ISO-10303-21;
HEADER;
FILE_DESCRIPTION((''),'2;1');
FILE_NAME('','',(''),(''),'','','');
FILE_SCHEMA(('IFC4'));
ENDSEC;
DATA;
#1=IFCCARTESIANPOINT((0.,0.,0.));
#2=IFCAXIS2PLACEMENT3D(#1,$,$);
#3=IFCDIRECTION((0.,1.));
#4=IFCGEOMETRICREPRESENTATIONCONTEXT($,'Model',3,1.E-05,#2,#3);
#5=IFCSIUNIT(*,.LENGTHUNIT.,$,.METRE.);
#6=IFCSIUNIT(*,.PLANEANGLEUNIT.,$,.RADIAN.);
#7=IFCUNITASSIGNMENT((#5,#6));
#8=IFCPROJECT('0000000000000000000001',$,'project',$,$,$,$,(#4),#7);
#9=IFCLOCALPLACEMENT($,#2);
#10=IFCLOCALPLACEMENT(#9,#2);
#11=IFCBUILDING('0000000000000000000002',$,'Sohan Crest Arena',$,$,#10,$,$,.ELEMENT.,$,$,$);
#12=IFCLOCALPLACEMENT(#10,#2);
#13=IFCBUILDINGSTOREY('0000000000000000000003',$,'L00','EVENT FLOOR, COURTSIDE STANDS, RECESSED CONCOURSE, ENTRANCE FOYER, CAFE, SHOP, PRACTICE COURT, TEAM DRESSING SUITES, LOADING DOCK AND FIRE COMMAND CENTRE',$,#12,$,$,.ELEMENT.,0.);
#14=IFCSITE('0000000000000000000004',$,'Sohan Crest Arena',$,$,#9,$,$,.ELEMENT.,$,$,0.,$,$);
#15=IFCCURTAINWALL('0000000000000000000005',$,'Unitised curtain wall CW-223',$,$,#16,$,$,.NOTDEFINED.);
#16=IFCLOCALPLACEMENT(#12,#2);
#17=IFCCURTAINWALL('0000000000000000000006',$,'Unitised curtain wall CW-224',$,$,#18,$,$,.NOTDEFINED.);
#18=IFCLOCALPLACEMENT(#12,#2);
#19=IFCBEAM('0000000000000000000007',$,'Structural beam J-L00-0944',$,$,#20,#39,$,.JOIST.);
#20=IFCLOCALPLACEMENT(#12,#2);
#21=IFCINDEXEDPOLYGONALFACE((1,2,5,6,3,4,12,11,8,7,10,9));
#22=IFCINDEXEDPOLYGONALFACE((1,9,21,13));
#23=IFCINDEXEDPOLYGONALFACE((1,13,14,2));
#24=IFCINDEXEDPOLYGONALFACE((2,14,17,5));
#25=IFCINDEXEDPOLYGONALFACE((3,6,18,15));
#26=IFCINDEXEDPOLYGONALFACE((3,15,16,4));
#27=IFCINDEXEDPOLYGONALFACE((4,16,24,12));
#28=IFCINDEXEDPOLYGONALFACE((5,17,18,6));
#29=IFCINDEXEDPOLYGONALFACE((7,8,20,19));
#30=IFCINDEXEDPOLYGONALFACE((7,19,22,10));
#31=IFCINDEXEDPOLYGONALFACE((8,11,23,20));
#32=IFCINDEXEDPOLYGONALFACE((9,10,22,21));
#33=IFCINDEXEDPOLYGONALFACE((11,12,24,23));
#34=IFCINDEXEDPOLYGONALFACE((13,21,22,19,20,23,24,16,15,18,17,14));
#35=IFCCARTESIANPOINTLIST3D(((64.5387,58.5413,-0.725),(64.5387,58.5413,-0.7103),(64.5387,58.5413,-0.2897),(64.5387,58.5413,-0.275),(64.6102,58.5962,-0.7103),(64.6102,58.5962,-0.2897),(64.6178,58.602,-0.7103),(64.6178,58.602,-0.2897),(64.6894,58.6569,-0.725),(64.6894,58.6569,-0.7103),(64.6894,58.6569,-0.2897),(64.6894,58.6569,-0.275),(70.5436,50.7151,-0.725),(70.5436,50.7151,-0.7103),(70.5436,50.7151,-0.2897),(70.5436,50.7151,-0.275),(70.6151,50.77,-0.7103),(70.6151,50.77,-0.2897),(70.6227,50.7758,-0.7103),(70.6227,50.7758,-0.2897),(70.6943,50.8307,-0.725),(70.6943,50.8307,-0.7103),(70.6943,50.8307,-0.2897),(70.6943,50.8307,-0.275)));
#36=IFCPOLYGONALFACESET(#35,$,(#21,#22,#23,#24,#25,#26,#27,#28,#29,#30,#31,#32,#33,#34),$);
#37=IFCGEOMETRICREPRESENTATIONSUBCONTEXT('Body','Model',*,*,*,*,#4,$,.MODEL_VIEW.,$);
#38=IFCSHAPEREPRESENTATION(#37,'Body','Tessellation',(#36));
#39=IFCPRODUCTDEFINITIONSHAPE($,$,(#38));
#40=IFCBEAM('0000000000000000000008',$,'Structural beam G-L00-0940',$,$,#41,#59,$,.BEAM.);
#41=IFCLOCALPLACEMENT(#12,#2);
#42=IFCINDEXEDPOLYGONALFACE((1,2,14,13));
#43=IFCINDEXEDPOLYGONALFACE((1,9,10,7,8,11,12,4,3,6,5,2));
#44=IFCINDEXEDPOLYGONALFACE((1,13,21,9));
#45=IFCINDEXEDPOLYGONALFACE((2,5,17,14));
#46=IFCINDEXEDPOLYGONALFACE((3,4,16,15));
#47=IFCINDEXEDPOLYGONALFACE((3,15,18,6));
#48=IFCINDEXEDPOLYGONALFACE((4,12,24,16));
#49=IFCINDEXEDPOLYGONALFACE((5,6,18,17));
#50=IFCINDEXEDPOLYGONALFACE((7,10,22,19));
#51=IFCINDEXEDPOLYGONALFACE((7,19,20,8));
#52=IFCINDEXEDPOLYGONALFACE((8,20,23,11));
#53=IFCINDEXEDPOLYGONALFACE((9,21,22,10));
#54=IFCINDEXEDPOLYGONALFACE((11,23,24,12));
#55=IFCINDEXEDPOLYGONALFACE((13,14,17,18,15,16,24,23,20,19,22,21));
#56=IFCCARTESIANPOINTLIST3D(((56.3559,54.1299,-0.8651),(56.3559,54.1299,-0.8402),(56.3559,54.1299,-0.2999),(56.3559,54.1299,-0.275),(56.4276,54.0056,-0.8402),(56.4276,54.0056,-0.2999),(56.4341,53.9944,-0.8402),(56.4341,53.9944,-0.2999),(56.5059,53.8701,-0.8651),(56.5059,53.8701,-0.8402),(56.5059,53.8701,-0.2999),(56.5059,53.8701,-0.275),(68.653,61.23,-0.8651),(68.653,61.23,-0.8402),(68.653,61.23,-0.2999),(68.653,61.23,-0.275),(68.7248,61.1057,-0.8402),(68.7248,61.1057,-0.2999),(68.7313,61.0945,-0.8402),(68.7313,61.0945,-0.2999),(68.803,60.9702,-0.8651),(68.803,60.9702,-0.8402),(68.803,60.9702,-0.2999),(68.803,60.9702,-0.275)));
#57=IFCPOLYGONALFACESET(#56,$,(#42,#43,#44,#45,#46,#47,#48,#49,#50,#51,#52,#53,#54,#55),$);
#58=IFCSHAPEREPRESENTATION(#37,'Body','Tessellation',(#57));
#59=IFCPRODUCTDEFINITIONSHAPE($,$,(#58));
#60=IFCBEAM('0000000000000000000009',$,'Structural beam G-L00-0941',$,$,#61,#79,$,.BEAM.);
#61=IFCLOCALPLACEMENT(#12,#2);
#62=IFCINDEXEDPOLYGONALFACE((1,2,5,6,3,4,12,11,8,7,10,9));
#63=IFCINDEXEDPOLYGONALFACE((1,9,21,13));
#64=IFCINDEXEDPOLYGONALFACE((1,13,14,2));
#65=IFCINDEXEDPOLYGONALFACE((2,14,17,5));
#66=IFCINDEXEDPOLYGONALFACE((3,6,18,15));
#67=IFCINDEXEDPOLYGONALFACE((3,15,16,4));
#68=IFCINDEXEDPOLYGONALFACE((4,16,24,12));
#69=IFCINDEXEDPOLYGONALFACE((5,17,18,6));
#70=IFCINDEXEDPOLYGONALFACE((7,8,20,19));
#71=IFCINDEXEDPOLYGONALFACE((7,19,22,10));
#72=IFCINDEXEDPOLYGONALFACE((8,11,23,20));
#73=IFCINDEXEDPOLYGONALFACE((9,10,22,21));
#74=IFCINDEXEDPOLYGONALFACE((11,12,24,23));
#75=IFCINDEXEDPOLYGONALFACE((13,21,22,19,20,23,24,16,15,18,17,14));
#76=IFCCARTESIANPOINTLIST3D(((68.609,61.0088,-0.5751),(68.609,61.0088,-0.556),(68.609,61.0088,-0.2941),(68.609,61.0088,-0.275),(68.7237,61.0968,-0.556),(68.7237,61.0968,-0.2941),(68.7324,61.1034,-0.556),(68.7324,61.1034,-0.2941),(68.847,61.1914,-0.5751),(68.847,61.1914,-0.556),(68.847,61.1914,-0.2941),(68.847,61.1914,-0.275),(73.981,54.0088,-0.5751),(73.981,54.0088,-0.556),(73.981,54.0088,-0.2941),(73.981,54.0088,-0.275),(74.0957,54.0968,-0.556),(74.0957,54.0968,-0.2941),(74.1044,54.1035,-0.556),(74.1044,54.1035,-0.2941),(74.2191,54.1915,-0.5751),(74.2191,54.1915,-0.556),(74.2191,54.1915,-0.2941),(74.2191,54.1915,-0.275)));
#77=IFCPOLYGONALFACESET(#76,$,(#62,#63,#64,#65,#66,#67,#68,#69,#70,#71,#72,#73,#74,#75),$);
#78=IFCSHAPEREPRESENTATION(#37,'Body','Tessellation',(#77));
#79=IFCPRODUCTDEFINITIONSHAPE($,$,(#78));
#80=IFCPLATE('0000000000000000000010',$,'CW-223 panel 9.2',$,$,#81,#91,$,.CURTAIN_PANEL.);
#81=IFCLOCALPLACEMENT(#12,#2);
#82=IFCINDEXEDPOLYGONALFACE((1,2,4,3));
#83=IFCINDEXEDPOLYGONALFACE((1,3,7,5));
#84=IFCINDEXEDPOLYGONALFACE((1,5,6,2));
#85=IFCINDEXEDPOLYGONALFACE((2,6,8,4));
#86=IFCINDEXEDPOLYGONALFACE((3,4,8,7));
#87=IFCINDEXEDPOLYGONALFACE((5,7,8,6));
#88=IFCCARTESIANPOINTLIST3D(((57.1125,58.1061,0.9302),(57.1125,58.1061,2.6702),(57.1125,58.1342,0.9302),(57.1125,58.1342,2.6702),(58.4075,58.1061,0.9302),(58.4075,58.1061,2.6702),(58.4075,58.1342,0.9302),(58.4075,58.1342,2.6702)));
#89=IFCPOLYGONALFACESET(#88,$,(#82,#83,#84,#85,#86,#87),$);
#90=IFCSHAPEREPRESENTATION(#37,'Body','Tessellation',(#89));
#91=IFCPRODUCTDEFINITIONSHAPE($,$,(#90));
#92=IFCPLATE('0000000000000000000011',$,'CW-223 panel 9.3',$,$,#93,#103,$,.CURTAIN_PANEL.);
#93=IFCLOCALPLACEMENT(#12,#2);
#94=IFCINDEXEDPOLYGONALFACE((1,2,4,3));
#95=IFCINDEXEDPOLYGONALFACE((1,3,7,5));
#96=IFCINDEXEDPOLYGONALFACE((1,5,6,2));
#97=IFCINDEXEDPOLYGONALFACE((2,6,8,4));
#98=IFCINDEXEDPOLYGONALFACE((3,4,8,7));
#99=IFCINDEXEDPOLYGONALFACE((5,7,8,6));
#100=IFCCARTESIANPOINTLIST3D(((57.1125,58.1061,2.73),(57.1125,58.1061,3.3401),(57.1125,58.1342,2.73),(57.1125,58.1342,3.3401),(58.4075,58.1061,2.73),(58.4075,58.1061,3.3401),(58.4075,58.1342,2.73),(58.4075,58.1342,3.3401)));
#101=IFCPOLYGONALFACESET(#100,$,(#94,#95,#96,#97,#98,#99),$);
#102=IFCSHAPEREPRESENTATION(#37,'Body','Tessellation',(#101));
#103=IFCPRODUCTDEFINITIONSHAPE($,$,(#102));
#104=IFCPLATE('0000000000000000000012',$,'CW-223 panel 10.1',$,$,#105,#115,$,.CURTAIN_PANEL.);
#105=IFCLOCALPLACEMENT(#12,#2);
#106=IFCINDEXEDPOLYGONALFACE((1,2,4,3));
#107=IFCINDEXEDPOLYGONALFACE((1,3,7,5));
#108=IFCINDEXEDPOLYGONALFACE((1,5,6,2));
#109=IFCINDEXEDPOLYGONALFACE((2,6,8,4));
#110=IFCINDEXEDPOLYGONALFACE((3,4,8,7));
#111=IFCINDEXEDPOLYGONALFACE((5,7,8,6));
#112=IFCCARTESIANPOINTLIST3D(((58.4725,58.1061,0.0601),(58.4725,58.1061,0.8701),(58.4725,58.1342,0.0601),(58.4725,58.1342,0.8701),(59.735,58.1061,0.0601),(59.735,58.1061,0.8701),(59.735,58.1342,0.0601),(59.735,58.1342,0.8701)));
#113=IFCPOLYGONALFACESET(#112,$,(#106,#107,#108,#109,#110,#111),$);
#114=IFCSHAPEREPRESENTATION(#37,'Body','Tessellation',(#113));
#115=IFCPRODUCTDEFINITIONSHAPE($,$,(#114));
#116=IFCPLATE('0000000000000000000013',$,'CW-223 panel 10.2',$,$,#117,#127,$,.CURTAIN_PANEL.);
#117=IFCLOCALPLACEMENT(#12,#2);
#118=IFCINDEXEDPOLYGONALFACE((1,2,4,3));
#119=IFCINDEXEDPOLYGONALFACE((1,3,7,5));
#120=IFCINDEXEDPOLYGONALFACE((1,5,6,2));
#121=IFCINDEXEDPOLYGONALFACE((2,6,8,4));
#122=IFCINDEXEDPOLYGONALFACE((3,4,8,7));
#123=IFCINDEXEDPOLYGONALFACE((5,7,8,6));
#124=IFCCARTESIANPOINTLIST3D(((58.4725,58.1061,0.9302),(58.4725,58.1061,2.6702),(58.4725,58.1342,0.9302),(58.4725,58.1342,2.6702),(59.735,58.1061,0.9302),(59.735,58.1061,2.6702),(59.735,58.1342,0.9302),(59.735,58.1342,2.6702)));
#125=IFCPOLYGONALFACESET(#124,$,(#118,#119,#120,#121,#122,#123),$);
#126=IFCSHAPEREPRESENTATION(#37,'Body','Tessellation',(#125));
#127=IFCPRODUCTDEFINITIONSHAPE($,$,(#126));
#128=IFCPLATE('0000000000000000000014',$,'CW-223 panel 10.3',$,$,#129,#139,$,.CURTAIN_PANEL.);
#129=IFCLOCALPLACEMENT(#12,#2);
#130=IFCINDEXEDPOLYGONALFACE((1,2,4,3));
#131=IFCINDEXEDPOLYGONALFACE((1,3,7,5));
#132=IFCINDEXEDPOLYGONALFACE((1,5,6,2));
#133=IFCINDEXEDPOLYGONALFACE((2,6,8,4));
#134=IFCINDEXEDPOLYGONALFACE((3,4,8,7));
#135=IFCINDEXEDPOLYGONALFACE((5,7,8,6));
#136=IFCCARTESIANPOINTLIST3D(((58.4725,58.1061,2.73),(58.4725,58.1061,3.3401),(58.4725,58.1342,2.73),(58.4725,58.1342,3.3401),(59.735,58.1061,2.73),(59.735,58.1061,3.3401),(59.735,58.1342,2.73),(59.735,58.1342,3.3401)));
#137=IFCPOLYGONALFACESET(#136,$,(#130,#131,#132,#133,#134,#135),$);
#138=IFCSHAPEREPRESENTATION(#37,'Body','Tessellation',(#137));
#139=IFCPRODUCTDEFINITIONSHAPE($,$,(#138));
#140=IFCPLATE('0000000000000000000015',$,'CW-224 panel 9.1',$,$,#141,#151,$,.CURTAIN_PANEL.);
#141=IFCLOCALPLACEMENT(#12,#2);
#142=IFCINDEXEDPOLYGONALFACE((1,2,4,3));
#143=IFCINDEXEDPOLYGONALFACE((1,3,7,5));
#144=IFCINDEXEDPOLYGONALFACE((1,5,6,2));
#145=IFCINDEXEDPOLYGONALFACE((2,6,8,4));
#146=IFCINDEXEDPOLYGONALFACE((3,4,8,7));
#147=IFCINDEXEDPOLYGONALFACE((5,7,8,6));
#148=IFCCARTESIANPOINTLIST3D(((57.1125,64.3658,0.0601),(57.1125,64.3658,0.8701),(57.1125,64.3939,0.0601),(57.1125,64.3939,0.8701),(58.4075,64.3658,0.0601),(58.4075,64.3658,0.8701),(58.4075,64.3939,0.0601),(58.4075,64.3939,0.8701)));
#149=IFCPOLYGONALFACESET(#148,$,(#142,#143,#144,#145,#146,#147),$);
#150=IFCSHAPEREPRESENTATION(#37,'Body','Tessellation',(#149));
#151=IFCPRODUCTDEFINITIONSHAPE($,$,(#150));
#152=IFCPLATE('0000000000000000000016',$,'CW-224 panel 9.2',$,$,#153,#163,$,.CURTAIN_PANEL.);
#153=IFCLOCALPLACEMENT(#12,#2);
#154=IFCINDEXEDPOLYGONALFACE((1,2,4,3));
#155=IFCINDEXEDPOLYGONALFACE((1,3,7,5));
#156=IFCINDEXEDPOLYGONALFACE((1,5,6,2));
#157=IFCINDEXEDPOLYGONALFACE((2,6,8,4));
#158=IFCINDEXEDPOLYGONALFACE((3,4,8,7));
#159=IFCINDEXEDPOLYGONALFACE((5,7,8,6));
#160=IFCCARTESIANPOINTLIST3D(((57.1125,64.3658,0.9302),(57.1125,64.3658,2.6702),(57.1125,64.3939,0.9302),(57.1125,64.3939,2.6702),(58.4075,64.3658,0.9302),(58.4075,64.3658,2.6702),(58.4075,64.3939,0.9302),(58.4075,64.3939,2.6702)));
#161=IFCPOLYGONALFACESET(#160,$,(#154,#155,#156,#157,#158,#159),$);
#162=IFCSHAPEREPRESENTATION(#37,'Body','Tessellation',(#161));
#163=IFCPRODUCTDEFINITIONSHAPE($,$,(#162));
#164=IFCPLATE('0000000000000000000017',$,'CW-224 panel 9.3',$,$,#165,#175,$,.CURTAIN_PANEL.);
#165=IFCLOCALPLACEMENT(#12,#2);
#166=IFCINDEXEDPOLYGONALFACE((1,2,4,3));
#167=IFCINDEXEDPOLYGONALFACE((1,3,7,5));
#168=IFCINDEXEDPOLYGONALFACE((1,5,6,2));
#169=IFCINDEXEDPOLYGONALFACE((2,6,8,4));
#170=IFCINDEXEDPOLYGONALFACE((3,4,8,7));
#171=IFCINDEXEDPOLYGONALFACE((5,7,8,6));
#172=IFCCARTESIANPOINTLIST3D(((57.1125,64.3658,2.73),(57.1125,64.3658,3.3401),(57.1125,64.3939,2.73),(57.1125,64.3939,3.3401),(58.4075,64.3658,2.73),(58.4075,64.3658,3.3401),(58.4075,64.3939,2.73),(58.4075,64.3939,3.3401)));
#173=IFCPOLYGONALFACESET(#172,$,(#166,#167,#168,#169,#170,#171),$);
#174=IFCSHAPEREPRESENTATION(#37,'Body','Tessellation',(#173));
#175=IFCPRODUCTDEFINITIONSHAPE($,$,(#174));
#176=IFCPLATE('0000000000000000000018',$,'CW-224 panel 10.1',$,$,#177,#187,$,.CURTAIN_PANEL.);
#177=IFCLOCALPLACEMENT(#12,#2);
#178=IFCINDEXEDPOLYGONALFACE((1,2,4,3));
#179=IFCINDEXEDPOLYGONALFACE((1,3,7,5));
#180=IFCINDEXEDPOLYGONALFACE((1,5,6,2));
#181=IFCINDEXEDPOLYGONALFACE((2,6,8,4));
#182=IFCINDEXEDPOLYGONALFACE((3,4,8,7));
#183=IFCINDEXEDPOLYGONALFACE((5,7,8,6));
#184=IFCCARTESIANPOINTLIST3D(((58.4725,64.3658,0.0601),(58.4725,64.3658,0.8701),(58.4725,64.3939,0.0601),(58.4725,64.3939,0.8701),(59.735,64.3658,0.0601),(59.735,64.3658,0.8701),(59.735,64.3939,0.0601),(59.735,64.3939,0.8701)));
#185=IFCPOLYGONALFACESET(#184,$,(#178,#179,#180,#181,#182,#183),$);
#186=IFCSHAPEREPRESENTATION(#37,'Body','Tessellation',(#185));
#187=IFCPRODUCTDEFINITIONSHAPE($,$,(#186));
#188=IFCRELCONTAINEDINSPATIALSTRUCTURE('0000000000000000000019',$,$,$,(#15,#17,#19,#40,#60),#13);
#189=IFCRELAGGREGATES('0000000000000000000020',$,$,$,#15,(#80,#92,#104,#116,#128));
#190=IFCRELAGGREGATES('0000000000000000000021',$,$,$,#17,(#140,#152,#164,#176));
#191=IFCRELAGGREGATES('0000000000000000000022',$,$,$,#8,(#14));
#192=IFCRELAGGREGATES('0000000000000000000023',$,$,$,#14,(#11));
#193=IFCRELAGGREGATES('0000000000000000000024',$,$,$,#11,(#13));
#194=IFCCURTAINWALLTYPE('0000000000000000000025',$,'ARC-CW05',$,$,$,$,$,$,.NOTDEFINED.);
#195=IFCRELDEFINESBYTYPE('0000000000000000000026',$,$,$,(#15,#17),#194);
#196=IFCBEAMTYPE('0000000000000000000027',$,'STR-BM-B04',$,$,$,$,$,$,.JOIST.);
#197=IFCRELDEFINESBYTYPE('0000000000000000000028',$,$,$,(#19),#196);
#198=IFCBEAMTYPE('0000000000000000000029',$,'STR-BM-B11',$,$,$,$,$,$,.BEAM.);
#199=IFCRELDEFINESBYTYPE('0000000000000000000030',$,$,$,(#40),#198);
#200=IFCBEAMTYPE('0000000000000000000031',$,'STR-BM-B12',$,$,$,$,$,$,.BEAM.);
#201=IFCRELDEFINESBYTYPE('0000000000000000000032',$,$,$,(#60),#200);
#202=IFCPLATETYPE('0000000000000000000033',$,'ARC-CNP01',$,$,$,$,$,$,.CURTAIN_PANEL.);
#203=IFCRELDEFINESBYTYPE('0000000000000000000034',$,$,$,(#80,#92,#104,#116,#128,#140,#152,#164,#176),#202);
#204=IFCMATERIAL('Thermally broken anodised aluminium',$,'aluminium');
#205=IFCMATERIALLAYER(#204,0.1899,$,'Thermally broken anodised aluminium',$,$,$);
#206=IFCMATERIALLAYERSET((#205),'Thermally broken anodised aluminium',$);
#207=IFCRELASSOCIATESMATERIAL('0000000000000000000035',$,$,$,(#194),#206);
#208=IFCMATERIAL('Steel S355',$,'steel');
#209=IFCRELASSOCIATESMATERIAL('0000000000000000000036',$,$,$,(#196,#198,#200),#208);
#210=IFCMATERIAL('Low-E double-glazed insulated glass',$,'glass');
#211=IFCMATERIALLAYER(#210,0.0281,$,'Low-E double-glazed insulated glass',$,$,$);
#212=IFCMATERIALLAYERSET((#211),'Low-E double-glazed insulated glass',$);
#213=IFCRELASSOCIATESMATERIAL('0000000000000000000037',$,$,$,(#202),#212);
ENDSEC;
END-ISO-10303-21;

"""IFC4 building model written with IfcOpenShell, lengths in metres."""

from ifc_helpers import new_model, si_unit, direction, frame, origin, origin_2d, place, context, subcontext, project, spatial, rectangle, i_section, extrude, material, layer, layer_set, material_profile, profile_set, type_object, element, aggregate, save


model = new_model("IFC4")

# Units and contexts
model_context = context("Model", 3, precision=1e-05, world=origin(), true_north=direction((0.0, 1.0)))
body_context = subcontext(model_context, "Body", "Model", "MODEL_VIEW")
ifc_project = project(units=[si_unit("LENGTHUNIT", "METRE"), si_unit("PLANEANGLEUNIT", "RADIAN")], contexts=[model_context])

# Site, building, storey
site_placement = place(None, origin())
site = spatial("IfcSite", under=ifc_project, at=site_placement, Name="Sohan Crest Arena", CompositionType="ELEMENT", RefElevation=0.0)
building_placement = place(site_placement, origin())
building = spatial("IfcBuilding", under=site, at=building_placement, Name="Sohan Crest Arena", CompositionType="ELEMENT")
storey_placement = place(building_placement, origin())
storey = spatial("IfcBuildingStorey", under=building, at=storey_placement, Name="L00", Description="EVENT FLOOR, COURTSIDE STANDS, RECESSED CONCOURSE, ENTRANCE FOYER, CAFE, SHOP, PRACTICE COURT, TEAM DRESSING SUITES, LOADING DOCK AND FIRE COMMAND CENTRE", CompositionType="ELEMENT", Elevation=0.0)

# Shared definitions
ifc_material_1 = material(Name="Steel S355", Category="steel")

# Curtain walls
ifc_material_2 = material(Name="Thermally broken anodised aluminium", Category="aluminium")
ifc_layer_1 = layer(ifc_material_2, 0.1899, Name="Thermally broken anodised aluminium")
ifc_layer_set_1 = layer_set([ifc_layer_1], Name="Thermally broken anodised aluminium")
curtain_wall_type = type_object("IfcCurtainWallType", Name="ARC-CW05", PredefinedType="NOTDEFINED", material=ifc_layer_set_1)
curtain_wall_1_placement = place(storey_placement, origin())
curtain_wall_1 = element("IfcCurtainWall", 1, at=curtain_wall_1_placement, inside=storey, type_object=curtain_wall_type, Name="Unitised curtain wall CW-223", PredefinedType="NOTDEFINED")
curtain_wall_2_placement = place(storey_placement, origin())
curtain_wall_2 = element("IfcCurtainWall", 2, at=curtain_wall_2_placement, inside=storey, type_object=curtain_wall_type, Name="Unitised curtain wall CW-224", PredefinedType="NOTDEFINED")

# Beams
ifc_material_profile_1 = material_profile(ifc_material_1, i_section(OverallWidth=0.1899, OverallDepth=0.45, WebThickness=0.0095, FlangeThickness=0.0146, at=origin_2d()), Name="IPE 450")
ifc_profile_set_1 = profile_set([ifc_material_profile_1], Name="Steel S355")
beam_type_1 = type_object("IfcBeamType", Name="STR-BM-B04", PredefinedType="JOIST", material=ifc_profile_set_1)
beam_1_placement = place(storey_placement, frame((64.614, 58.5991, -0.5), z_axis=(0.608739, -0.79337, 0.0), x_axis=(0.79337, 0.608739, 0.0)))
element("IfcBeam", 3, at=beam_1_placement, inside=storey, type_object=beam_type_1, Name="Structural beam J-L00-0944", PredefinedType="JOIST", context=body_context, shape_type="SweptSolid", body=[
    extrude(i_section(OverallWidth=0.1899, OverallDepth=0.45, WebThickness=0.0095, FlangeThickness=0.0146, at=origin_2d()), origin(), (0.0, 0.0, 1.0), 9.8645),
])
ifc_material_profile_2 = material_profile(ifc_material_1, i_section(OverallWidth=0.3, OverallDepth=0.5901, WebThickness=0.0129, FlangeThickness=0.0249, at=origin_2d()), Name="HEA 600")
ifc_profile_set_2 = profile_set([ifc_material_profile_2], Name="Steel S355")
beam_type_2 = type_object("IfcBeamType", Name="STR-BM-B11", PredefinedType="BEAM", material=ifc_profile_set_2)
beam_2_placement = place(storey_placement, frame((68.728, 61.1001, -0.5701), z_axis=(-0.866015, -0.500019, 0.0), x_axis=(0.500019, -0.866015, 0.0)))
element("IfcBeam", 4, at=beam_2_placement, inside=storey, type_object=beam_type_2, Name="Structural beam G-L00-0940", PredefinedType="BEAM", context=body_context, shape_type="SweptSolid", body=[
    extrude(i_section(OverallWidth=0.3, OverallDepth=0.5901, WebThickness=0.0129, FlangeThickness=0.0249, at=origin_2d()), origin(), (0.0, 0.0, 1.0), 14.1997),
])
ifc_material_profile_3 = material_profile(ifc_material_1, i_section(OverallWidth=0.3, OverallDepth=0.3, WebThickness=0.011, FlangeThickness=0.019, at=origin_2d()), Name="HEB 300")
ifc_profile_set_3 = profile_set([ifc_material_profile_3], Name="Steel S355")
beam_type_3 = type_object("IfcBeamType", Name="STR-BM-B12", PredefinedType="BEAM", material=ifc_profile_set_3)
beam_3_placement = place(storey_placement, frame((68.728, 61.1001, -0.425), z_axis=(0.608817, -0.793311, 0.0), x_axis=(0.793311, 0.608817, 0.0)))
element("IfcBeam", 5, at=beam_3_placement, inside=storey, type_object=beam_type_3, Name="Structural beam G-L00-0941", PredefinedType="BEAM", context=body_context, shape_type="SweptSolid", body=[
    extrude(i_section(OverallWidth=0.3, OverallDepth=0.3, WebThickness=0.011, FlangeThickness=0.019, at=origin_2d()), origin(), (0.0, 0.0, 1.0), 8.8237),
])

# Plates
ifc_material_3 = material(Name="Low-E double-glazed insulated glass", Category="glass")
ifc_layer_2 = layer(ifc_material_3, 0.0281, Name="Low-E double-glazed insulated glass")
ifc_layer_set_2 = layer_set([ifc_layer_2], Name="Low-E double-glazed insulated glass")
plate_type = type_object("IfcPlateType", Name="ARC-CNP01", PredefinedType="CURTAIN_PANEL", material=ifc_layer_set_2)
plate_1_placement = place(storey_placement, frame((57.76, 58.1201, 0.9302), z_axis=(0.0, 0.0, 1.0), x_axis=(1.0, 0.0, 0.0)))
plate_1 = element("IfcPlate", 6, at=plate_1_placement, type_object=plate_type, Name="CW-223 panel 9.2", PredefinedType="CURTAIN_PANEL", context=body_context, shape_type="SweptSolid", body=[
    extrude(rectangle(XDim=1.2949, YDim=0.0281, at=origin_2d()), origin(), (0.0, 0.0, 1.0), 1.74),
])
plate_2_placement = place(storey_placement, frame((57.76, 58.1201, 2.73), z_axis=(0.0, 0.0, 1.0), x_axis=(1.0, 0.0, 0.0)))
plate_2 = element("IfcPlate", 7, at=plate_2_placement, type_object=plate_type, Name="CW-223 panel 9.3", PredefinedType="CURTAIN_PANEL", context=body_context, shape_type="SweptSolid", body=[
    extrude(rectangle(XDim=1.2949, YDim=0.0281, at=origin_2d()), origin(), (0.0, 0.0, 1.0), 0.6101),
])
plate_3_placement = place(storey_placement, frame((59.1038, 58.1201, 0.0601), z_axis=(0.0, 0.0, 1.0), x_axis=(1.0, 0.0, 0.0)))
plate_3 = element("IfcPlate", 8, at=plate_3_placement, type_object=plate_type, Name="CW-223 panel 10.1", PredefinedType="CURTAIN_PANEL", context=body_context, shape_type="SweptSolid", body=[
    extrude(rectangle(XDim=1.2625, YDim=0.0281, at=origin_2d()), origin(), (0.0, 0.0, 1.0), 0.8101),
])
plate_4_placement = place(storey_placement, frame((59.1038, 58.1201, 0.9302), z_axis=(0.0, 0.0, 1.0), x_axis=(1.0, 0.0, 0.0)))
plate_4 = element("IfcPlate", 9, at=plate_4_placement, type_object=plate_type, Name="CW-223 panel 10.2", PredefinedType="CURTAIN_PANEL", context=body_context, shape_type="SweptSolid", body=[
    extrude(rectangle(XDim=1.2625, YDim=0.0281, at=origin_2d()), origin(), (0.0, 0.0, 1.0), 1.74),
])
plate_5_placement = place(storey_placement, frame((59.1038, 58.1201, 2.73), z_axis=(0.0, 0.0, 1.0), x_axis=(1.0, 0.0, 0.0)))
plate_5 = element("IfcPlate", 10, at=plate_5_placement, type_object=plate_type, Name="CW-223 panel 10.3", PredefinedType="CURTAIN_PANEL", context=body_context, shape_type="SweptSolid", body=[
    extrude(rectangle(XDim=1.2625, YDim=0.0281, at=origin_2d()), origin(), (0.0, 0.0, 1.0), 0.6101),
])
aggregate(curtain_wall_1, [plate_1, plate_2, plate_3, plate_4, plate_5])
plate_6_placement = place(storey_placement, frame((57.76, 64.3799, 0.0601), z_axis=(0.0, 0.0, 1.0), x_axis=(1.0, 0.0, 0.0)))
plate_6 = element("IfcPlate", 11, at=plate_6_placement, type_object=plate_type, Name="CW-224 panel 9.1", PredefinedType="CURTAIN_PANEL", context=body_context, shape_type="SweptSolid", body=[
    extrude(rectangle(XDim=1.2949, YDim=0.0281, at=origin_2d()), origin(), (0.0, 0.0, 1.0), 0.8101),
])
plate_7_placement = place(storey_placement, frame((57.76, 64.3799, 0.9302), z_axis=(0.0, 0.0, 1.0), x_axis=(1.0, 0.0, 0.0)))
plate_7 = element("IfcPlate", 12, at=plate_7_placement, type_object=plate_type, Name="CW-224 panel 9.2", PredefinedType="CURTAIN_PANEL", context=body_context, shape_type="SweptSolid", body=[
    extrude(rectangle(XDim=1.2949, YDim=0.0281, at=origin_2d()), origin(), (0.0, 0.0, 1.0), 1.74),
])
plate_8_placement = place(storey_placement, frame((57.76, 64.3799, 2.73), z_axis=(0.0, 0.0, 1.0), x_axis=(1.0, 0.0, 0.0)))
plate_8 = element("IfcPlate", 13, at=plate_8_placement, type_object=plate_type, Name="CW-224 panel 9.3", PredefinedType="CURTAIN_PANEL", context=body_context, shape_type="SweptSolid", body=[
    extrude(rectangle(XDim=1.2949, YDim=0.0281, at=origin_2d()), origin(), (0.0, 0.0, 1.0), 0.6101),
])
plate_9_placement = place(storey_placement, frame((59.1038, 64.3799, 0.0601), z_axis=(0.0, 0.0, 1.0), x_axis=(1.0, 0.0, 0.0)))
plate_9 = element("IfcPlate", 14, at=plate_9_placement, type_object=plate_type, Name="CW-224 panel 10.1", PredefinedType="CURTAIN_PANEL", context=body_context, shape_type="SweptSolid", body=[
    extrude(rectangle(XDim=1.2625, YDim=0.0281, at=origin_2d()), origin(), (0.0, 0.0, 1.0), 0.8101),
])
aggregate(curtain_wall_2, [plate_6, plate_7, plate_8, plate_9])

save(model, "model.ifc")
